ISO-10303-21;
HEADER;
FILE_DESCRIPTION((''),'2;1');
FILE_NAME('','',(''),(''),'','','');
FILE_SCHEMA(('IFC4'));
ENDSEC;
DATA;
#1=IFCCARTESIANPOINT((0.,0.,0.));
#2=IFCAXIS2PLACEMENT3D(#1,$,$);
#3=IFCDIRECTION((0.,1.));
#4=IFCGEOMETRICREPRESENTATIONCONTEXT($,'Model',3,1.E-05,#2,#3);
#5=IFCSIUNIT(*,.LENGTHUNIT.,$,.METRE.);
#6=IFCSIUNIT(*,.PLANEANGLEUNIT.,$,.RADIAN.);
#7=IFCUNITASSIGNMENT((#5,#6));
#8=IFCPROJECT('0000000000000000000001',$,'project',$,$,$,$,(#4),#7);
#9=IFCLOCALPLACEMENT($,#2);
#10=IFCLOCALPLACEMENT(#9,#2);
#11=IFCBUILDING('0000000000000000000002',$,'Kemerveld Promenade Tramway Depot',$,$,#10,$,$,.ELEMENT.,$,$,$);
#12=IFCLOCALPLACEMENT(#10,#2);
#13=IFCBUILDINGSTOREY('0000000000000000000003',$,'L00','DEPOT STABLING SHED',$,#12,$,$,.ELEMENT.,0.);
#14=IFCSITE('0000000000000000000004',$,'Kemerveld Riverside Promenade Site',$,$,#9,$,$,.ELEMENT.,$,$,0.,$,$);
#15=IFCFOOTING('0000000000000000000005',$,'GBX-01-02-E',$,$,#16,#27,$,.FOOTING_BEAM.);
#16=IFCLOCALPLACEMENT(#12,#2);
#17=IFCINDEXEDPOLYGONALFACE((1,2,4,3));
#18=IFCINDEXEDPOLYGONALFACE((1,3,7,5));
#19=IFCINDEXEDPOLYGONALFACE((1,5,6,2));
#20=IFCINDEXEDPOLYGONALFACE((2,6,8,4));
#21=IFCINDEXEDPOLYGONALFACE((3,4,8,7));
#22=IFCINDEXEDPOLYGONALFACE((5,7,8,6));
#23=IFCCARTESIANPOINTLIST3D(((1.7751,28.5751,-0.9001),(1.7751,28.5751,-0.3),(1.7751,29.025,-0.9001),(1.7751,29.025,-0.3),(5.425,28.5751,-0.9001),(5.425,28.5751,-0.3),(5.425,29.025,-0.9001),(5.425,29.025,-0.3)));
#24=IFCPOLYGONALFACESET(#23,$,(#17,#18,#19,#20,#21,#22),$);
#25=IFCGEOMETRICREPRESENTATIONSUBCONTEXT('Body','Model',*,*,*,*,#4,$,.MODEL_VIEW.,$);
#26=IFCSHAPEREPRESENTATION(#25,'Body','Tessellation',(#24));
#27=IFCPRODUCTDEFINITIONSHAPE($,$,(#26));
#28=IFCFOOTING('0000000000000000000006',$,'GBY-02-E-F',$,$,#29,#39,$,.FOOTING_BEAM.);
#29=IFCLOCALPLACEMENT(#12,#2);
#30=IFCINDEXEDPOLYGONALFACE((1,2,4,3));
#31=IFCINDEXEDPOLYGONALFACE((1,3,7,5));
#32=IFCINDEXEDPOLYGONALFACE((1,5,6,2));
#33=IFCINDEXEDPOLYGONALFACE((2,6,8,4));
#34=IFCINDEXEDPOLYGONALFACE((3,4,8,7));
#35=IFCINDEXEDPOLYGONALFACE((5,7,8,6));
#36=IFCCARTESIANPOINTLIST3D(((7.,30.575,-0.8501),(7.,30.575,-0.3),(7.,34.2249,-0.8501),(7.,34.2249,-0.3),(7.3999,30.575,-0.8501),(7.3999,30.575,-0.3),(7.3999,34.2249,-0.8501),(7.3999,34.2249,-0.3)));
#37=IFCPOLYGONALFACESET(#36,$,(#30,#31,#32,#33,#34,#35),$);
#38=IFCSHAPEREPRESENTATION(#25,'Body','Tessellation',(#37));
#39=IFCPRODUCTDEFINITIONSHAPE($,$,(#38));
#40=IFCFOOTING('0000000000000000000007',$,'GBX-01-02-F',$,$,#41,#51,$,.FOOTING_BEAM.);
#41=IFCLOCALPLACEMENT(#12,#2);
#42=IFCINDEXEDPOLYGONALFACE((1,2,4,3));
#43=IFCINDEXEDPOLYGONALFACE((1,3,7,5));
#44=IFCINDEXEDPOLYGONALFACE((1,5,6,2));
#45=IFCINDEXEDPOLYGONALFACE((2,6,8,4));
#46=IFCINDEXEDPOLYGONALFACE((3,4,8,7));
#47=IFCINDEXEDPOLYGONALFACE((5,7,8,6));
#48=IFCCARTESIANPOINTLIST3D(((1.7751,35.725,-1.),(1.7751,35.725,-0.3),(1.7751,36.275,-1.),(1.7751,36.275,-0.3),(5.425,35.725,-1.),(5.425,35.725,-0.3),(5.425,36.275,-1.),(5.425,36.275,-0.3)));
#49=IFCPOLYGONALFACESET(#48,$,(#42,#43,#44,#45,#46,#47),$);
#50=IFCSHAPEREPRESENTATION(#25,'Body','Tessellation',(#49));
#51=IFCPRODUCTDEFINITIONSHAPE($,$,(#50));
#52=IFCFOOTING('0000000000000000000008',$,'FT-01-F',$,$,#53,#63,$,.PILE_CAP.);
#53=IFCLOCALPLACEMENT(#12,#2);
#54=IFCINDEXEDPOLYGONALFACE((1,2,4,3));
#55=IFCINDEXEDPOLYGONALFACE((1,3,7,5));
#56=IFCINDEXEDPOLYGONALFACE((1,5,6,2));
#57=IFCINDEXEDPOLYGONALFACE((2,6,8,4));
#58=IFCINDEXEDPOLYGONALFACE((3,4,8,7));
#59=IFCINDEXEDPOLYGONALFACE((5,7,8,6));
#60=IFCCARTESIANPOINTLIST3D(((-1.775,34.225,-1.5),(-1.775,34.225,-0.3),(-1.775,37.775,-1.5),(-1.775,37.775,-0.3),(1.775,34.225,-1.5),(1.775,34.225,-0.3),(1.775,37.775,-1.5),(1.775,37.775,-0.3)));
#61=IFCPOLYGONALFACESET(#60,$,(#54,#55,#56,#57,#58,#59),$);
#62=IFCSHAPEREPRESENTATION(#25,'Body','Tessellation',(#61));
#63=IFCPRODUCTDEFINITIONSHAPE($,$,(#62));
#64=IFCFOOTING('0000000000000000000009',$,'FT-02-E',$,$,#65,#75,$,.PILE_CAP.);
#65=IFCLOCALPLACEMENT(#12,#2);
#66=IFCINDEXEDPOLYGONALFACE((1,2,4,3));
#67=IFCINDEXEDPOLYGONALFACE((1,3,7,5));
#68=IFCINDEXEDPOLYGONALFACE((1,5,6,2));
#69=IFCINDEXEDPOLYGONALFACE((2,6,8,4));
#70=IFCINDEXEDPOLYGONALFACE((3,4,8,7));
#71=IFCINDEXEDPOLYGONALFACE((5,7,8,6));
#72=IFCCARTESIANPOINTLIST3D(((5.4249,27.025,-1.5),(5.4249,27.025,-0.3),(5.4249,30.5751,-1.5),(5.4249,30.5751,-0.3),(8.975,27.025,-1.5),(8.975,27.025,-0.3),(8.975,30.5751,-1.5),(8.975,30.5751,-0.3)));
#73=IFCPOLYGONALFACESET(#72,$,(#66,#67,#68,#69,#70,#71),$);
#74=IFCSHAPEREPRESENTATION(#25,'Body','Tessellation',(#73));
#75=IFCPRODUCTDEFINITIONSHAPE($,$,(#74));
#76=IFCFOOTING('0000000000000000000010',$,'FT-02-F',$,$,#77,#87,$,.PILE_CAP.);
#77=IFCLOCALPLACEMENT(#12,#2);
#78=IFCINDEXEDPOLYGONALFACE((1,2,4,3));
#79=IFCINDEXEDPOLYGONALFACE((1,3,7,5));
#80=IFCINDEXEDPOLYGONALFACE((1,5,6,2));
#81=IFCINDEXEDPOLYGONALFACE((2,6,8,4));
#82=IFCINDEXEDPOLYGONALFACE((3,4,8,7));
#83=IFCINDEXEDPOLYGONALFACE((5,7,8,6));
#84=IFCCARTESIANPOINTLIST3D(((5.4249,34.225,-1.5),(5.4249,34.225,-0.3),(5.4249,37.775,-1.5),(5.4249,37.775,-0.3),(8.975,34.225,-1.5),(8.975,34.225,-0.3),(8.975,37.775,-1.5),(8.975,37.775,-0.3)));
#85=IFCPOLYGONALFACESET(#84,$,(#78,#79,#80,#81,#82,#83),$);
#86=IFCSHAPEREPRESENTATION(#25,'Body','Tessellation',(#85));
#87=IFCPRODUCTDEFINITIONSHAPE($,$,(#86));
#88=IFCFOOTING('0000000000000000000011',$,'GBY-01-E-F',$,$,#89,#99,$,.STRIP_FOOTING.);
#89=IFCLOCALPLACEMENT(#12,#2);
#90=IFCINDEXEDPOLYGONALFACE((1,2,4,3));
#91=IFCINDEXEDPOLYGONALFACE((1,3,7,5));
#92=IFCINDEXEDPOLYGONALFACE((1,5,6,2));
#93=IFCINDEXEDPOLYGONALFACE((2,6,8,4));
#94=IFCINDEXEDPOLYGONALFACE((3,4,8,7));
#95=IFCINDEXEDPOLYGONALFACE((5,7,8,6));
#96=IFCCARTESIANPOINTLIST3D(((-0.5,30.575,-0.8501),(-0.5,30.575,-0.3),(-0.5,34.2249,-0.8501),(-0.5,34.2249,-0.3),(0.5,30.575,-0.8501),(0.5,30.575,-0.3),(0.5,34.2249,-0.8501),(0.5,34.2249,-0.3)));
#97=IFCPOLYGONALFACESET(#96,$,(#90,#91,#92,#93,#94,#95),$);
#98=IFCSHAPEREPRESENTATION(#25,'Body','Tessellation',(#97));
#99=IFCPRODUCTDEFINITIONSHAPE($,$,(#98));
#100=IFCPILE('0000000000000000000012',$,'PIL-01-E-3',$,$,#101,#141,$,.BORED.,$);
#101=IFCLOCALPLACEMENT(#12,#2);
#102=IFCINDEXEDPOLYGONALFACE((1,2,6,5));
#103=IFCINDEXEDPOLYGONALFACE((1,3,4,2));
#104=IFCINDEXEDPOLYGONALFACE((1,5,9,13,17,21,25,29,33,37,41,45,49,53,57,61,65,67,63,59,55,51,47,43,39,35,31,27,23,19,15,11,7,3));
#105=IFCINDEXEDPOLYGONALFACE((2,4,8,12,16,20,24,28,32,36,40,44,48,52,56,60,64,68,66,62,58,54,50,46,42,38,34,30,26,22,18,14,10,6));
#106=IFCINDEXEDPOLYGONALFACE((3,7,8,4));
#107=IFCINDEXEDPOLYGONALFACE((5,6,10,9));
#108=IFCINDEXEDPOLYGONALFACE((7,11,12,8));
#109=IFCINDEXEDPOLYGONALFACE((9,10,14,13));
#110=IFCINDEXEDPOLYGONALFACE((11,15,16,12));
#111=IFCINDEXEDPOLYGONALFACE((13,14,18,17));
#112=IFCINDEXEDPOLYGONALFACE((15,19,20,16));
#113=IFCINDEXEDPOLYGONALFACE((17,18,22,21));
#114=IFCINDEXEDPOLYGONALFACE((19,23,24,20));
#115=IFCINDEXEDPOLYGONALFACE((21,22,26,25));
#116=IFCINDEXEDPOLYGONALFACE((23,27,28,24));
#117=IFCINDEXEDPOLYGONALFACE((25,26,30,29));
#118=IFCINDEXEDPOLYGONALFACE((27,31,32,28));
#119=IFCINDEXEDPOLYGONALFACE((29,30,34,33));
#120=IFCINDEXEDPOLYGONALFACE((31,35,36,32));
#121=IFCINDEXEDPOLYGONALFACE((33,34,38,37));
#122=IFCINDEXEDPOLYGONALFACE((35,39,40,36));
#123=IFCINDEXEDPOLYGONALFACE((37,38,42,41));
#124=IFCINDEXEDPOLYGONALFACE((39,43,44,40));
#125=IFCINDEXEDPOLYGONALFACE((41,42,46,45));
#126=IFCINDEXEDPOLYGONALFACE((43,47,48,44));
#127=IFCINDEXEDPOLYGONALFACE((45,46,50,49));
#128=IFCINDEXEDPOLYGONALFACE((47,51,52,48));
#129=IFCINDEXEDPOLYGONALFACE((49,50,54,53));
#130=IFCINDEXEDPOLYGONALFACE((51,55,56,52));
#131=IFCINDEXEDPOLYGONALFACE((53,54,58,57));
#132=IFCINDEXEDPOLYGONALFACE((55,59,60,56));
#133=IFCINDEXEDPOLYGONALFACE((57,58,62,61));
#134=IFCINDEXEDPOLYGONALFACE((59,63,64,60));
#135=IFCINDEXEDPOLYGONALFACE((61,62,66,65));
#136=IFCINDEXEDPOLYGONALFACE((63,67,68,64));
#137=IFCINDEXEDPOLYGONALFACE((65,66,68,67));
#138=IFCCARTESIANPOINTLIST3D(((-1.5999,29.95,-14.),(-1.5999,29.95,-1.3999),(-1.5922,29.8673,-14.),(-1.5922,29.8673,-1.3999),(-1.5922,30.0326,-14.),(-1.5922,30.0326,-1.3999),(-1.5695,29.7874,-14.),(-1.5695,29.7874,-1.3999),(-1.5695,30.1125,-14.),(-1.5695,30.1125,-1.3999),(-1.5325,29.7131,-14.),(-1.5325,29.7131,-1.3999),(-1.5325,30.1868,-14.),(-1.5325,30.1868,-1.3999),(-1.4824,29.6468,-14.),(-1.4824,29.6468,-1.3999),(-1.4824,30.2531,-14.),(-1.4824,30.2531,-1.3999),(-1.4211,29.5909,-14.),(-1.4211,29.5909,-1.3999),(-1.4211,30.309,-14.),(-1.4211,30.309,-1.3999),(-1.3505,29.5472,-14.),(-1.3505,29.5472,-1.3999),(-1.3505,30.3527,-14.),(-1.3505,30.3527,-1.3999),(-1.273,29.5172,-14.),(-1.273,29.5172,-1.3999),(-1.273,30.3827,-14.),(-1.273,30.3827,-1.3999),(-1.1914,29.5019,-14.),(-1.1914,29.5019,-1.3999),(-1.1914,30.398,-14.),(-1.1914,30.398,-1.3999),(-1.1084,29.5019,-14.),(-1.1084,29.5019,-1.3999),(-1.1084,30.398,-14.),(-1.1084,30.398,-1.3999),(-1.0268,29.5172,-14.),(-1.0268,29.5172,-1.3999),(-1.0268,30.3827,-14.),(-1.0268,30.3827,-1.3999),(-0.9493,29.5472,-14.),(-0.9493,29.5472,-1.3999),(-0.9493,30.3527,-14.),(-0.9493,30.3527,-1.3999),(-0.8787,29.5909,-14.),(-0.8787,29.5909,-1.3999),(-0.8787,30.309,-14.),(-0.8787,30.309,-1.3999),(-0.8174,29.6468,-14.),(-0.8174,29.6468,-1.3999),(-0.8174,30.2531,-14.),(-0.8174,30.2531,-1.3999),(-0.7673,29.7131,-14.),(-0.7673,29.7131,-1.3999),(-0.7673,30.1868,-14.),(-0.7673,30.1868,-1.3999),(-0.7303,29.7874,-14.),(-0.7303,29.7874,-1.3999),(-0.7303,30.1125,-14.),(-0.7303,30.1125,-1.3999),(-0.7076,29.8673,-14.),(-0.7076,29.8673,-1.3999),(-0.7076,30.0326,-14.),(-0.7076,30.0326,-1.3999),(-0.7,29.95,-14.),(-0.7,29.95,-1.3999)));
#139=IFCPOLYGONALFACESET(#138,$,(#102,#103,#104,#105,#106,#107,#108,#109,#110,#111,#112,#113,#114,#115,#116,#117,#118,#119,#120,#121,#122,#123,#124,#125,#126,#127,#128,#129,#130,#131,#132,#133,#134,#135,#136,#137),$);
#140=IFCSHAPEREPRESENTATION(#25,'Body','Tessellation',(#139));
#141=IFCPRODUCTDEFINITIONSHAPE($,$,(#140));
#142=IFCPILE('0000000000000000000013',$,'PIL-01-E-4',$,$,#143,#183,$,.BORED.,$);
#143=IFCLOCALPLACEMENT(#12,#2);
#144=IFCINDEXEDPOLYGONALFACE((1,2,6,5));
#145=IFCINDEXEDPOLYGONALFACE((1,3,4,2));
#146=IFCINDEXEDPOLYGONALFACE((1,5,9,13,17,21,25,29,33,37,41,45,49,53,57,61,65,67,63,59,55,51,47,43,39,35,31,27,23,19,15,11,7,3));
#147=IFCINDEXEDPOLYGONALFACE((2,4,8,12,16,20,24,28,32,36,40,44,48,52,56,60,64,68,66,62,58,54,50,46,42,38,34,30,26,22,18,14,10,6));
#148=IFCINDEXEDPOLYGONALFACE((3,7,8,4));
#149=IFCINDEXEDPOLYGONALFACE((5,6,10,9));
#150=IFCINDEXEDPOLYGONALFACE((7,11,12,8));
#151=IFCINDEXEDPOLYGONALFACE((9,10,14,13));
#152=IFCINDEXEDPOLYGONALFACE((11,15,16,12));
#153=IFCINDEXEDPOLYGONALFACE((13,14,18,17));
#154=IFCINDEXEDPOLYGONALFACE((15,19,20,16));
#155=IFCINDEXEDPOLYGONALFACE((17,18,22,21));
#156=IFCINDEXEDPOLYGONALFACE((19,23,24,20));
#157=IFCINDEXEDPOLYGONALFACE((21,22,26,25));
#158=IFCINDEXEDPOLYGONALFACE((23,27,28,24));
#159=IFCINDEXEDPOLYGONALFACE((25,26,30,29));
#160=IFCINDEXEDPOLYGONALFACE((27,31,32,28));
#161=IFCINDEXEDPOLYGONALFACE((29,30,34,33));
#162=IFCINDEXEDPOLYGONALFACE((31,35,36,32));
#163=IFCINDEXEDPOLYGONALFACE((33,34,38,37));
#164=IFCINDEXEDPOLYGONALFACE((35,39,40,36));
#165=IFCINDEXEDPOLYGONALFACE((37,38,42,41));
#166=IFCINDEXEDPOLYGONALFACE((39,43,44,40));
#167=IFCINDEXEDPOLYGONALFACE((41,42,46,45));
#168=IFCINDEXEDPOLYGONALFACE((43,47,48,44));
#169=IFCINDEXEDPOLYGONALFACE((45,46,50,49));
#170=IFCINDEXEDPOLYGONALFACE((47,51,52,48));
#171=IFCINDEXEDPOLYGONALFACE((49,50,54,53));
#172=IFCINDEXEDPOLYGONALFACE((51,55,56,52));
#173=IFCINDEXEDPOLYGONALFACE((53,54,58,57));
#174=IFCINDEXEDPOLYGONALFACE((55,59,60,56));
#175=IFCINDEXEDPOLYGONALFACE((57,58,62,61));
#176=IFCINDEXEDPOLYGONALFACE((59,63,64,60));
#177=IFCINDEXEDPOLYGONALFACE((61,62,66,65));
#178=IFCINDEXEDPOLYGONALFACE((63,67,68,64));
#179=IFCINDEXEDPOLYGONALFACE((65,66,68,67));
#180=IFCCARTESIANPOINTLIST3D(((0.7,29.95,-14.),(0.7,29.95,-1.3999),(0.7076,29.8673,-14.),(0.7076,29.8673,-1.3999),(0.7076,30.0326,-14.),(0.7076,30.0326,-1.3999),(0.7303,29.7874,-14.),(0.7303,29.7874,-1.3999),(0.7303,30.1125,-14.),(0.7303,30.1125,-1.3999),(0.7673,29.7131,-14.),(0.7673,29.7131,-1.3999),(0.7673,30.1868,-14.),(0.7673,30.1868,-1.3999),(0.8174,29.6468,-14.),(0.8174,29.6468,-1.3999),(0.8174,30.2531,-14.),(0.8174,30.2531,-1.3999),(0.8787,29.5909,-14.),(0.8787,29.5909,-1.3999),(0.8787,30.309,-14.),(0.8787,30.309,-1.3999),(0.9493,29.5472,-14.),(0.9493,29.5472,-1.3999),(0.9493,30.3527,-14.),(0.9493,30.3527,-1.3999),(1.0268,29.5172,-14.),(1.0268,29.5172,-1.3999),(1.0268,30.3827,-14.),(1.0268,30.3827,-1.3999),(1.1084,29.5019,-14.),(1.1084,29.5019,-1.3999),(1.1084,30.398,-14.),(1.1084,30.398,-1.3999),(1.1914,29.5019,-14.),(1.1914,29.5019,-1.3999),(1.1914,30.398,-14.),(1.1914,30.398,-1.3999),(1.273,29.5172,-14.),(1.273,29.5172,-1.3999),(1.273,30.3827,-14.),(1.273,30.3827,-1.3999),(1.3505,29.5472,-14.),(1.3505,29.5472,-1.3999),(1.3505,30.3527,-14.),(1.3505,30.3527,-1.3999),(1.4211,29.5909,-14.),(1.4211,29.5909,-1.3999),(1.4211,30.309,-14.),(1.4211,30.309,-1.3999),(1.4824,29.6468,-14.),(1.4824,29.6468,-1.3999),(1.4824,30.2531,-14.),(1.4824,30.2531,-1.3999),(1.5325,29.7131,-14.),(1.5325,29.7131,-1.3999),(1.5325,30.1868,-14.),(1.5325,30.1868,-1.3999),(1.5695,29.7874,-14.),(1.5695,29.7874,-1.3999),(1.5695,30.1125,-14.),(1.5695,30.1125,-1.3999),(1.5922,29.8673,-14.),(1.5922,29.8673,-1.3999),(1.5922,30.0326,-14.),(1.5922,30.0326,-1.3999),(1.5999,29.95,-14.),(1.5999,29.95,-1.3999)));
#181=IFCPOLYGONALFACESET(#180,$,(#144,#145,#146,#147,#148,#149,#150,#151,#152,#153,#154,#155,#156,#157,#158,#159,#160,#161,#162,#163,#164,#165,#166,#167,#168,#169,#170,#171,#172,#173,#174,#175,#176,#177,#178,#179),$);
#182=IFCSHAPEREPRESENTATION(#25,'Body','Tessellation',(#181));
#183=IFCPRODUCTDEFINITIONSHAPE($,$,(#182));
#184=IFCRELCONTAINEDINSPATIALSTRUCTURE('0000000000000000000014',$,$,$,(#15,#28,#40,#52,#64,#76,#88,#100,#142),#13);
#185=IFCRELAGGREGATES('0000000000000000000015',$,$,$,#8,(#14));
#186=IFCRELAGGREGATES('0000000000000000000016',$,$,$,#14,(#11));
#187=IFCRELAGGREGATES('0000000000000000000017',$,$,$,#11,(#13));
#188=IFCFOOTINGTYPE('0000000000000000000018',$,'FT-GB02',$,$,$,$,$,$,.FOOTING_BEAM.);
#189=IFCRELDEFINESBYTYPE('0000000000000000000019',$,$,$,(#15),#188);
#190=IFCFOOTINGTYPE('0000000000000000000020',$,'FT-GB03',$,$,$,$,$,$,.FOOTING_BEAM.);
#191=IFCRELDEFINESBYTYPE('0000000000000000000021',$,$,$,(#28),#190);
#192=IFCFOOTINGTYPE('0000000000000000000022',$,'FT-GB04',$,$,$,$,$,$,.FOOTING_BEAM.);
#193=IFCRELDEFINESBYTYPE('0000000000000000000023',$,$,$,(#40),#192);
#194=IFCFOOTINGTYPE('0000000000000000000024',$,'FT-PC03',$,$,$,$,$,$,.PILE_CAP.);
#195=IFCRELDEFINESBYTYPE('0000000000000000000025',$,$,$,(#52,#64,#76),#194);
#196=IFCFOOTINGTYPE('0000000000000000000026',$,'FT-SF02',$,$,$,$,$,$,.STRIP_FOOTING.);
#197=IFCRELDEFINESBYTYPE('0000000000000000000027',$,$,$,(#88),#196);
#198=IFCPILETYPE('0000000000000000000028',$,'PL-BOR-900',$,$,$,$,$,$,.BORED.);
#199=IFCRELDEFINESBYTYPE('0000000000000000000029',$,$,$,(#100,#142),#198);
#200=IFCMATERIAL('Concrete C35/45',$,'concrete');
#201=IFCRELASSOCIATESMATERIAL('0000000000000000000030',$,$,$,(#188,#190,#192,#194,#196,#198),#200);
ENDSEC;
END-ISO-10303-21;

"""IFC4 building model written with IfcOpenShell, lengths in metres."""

from ifc_helpers import new_model, si_unit, direction, frame, origin, origin_2d, place, context, subcontext, project, spatial, rectangle, circle, extrude, material, material_profile, profile_set, type_object, element, save


model = new_model("IFC4")

# Units and contexts
model_context = context("Model", 3, precision=1e-05, world=origin(), true_north=direction((0.0, 1.0)))
body_context = subcontext(model_context, "Body", "Model", "MODEL_VIEW")
ifc_project = project(units=[si_unit("LENGTHUNIT", "METRE"), si_unit("PLANEANGLEUNIT", "RADIAN")], contexts=[model_context])

# Site, building, storey
site_placement = place(None, origin())
site = spatial("IfcSite", under=ifc_project, at=site_placement, Name="Kemerveld Riverside Promenade Site", CompositionType="ELEMENT", RefElevation=0.0)
building_placement = place(site_placement, origin())
building = spatial("IfcBuilding", under=site, at=building_placement, Name="Kemerveld Promenade Tramway Depot", CompositionType="ELEMENT")
storey_placement = place(building_placement, origin())
storey = spatial("IfcBuildingStorey", under=building, at=storey_placement, Name="L00", Description="DEPOT STABLING SHED", CompositionType="ELEMENT", Elevation=0.0)

# Footings
ifc_material_1 = material(Name="Concrete C35/45", Category="concrete")
footing_type_1 = type_object("IfcFootingType", Name="FT-GB02", PredefinedType="FOOTING_BEAM", material=ifc_material_1)
footing_1_placement = place(storey_placement, frame((3.6001, 28.8, -0.9001), z_axis=(0.0, 0.0, 1.0), x_axis=(1.0, 0.0, 0.0)))
element("IfcFooting", 1, at=footing_1_placement, inside=storey, type_object=footing_type_1, Name="GBX-01-02-E", PredefinedType="FOOTING_BEAM", context=body_context, shape_type="SweptSolid", body=[
    extrude(rectangle(XDim=3.6499, YDim=0.45, at=origin_2d()), origin(), (0.0, 0.0, 1.0), 0.6001),
])
footing_type_2 = type_object("IfcFootingType", Name="FT-GB03", PredefinedType="FOOTING_BEAM", material=ifc_material_1)
footing_2_placement = place(storey_placement, frame((7.2, 32.3999, -0.8501), z_axis=(0.0, 0.0, 1.0), x_axis=(0.0, 1.0, 0.0)))
element("IfcFooting", 2, at=footing_2_placement, inside=storey, type_object=footing_type_2, Name="GBY-02-E-F", PredefinedType="FOOTING_BEAM", context=body_context, shape_type="SweptSolid", body=[
    extrude(rectangle(XDim=3.6499, YDim=0.3999, at=origin_2d()), origin(), (0.0, 0.0, 1.0), 0.55),
])
footing_type_3 = type_object("IfcFootingType", Name="FT-GB04", PredefinedType="FOOTING_BEAM", material=ifc_material_1)
footing_3_placement = place(storey_placement, frame((3.6001, 36.0, -1.0), z_axis=(0.0, 0.0, 1.0), x_axis=(1.0, 0.0, 0.0)))
element("IfcFooting", 3, at=footing_3_placement, inside=storey, type_object=footing_type_3, Name="GBX-01-02-F", PredefinedType="FOOTING_BEAM", context=body_context, shape_type="SweptSolid", body=[
    extrude(rectangle(XDim=3.6499, YDim=0.55, at=origin_2d()), origin(), (0.0, 0.0, 1.0), 0.7),
])
footing_type_4 = type_object("IfcFootingType", Name="FT-PC03", PredefinedType="PILE_CAP", material=ifc_material_1)
for number, where, z_axis, x_axis, name in (
    (4, (0.0, 36.0, -1.5), (0.0, 0.0, 1.0), (1.0, 0.0, 0.0), "FT-01-F"),
    (5, (7.2, 28.8, -1.5), (0.0, 0.0, 1.0), (1.0, 0.0, 0.0), "FT-02-E"),
    (6, (7.2, 36.0, -1.5), (0.0, 0.0, 1.0), (1.0, 0.0, 0.0), "FT-02-F"),
):
    element("IfcFooting", number, at=place(storey_placement, frame(where, z_axis=z_axis, x_axis=x_axis)), inside=storey, type_object=footing_type_4, Name=name, PredefinedType="PILE_CAP", context=body_context, shape_type="SweptSolid", body=[
        extrude(rectangle(XDim=3.55, YDim=3.55, at=origin_2d()), origin(), (0.0, 0.0, 1.0), 1.2),
    ])
footing_type_5 = type_object("IfcFootingType", Name="FT-SF02", PredefinedType="STRIP_FOOTING", material=ifc_material_1)
footing_4_placement = place(storey_placement, frame((0.0, 32.3999, -0.8501), z_axis=(0.0, 0.0, 1.0), x_axis=(0.0, 1.0, 0.0)))
element("IfcFooting", 7, at=footing_4_placement, inside=storey, type_object=footing_type_5, Name="GBY-01-E-F", PredefinedType="STRIP_FOOTING", context=body_context, shape_type="SweptSolid", body=[
    extrude(rectangle(XDim=3.6499, YDim=1.0, at=origin_2d()), origin(), (0.0, 0.0, 1.0), 0.55),
])

# Piles
ifc_material_profile_1 = material_profile(ifc_material_1, circle(Radius=0.45, at=origin_2d()), Name="PILE-D900")
ifc_profile_set_1 = profile_set([ifc_material_profile_1], Name="Concrete C35/45")
pile_type = type_object("IfcPileType", Name="PL-BOR-900", PredefinedType="BORED", material=ifc_profile_set_1)
for number, where, z_axis, x_axis, name in (
    (8, (-1.1499, 29.95, -1.3999), (0.0, 0.0, -1.0), (1.0, 0.0, 0.0), "PIL-01-E-3"),
    (9, (1.1499, 29.95, -1.3999), (0.0, 0.0, -1.0), (1.0, 0.0, 0.0), "PIL-01-E-4"),
):
    element("IfcPile", number, at=place(storey_placement, frame(where, z_axis=z_axis, x_axis=x_axis)), inside=storey, type_object=pile_type, Name=name, PredefinedType="BORED", context=body_context, shape_type="SweptSolid", body=[
        extrude(circle(Radius=0.45, at=origin_2d()), origin(), (0.0, 0.0, 1.0), 12.6001),
    ])

save(model, "model.ifc")
